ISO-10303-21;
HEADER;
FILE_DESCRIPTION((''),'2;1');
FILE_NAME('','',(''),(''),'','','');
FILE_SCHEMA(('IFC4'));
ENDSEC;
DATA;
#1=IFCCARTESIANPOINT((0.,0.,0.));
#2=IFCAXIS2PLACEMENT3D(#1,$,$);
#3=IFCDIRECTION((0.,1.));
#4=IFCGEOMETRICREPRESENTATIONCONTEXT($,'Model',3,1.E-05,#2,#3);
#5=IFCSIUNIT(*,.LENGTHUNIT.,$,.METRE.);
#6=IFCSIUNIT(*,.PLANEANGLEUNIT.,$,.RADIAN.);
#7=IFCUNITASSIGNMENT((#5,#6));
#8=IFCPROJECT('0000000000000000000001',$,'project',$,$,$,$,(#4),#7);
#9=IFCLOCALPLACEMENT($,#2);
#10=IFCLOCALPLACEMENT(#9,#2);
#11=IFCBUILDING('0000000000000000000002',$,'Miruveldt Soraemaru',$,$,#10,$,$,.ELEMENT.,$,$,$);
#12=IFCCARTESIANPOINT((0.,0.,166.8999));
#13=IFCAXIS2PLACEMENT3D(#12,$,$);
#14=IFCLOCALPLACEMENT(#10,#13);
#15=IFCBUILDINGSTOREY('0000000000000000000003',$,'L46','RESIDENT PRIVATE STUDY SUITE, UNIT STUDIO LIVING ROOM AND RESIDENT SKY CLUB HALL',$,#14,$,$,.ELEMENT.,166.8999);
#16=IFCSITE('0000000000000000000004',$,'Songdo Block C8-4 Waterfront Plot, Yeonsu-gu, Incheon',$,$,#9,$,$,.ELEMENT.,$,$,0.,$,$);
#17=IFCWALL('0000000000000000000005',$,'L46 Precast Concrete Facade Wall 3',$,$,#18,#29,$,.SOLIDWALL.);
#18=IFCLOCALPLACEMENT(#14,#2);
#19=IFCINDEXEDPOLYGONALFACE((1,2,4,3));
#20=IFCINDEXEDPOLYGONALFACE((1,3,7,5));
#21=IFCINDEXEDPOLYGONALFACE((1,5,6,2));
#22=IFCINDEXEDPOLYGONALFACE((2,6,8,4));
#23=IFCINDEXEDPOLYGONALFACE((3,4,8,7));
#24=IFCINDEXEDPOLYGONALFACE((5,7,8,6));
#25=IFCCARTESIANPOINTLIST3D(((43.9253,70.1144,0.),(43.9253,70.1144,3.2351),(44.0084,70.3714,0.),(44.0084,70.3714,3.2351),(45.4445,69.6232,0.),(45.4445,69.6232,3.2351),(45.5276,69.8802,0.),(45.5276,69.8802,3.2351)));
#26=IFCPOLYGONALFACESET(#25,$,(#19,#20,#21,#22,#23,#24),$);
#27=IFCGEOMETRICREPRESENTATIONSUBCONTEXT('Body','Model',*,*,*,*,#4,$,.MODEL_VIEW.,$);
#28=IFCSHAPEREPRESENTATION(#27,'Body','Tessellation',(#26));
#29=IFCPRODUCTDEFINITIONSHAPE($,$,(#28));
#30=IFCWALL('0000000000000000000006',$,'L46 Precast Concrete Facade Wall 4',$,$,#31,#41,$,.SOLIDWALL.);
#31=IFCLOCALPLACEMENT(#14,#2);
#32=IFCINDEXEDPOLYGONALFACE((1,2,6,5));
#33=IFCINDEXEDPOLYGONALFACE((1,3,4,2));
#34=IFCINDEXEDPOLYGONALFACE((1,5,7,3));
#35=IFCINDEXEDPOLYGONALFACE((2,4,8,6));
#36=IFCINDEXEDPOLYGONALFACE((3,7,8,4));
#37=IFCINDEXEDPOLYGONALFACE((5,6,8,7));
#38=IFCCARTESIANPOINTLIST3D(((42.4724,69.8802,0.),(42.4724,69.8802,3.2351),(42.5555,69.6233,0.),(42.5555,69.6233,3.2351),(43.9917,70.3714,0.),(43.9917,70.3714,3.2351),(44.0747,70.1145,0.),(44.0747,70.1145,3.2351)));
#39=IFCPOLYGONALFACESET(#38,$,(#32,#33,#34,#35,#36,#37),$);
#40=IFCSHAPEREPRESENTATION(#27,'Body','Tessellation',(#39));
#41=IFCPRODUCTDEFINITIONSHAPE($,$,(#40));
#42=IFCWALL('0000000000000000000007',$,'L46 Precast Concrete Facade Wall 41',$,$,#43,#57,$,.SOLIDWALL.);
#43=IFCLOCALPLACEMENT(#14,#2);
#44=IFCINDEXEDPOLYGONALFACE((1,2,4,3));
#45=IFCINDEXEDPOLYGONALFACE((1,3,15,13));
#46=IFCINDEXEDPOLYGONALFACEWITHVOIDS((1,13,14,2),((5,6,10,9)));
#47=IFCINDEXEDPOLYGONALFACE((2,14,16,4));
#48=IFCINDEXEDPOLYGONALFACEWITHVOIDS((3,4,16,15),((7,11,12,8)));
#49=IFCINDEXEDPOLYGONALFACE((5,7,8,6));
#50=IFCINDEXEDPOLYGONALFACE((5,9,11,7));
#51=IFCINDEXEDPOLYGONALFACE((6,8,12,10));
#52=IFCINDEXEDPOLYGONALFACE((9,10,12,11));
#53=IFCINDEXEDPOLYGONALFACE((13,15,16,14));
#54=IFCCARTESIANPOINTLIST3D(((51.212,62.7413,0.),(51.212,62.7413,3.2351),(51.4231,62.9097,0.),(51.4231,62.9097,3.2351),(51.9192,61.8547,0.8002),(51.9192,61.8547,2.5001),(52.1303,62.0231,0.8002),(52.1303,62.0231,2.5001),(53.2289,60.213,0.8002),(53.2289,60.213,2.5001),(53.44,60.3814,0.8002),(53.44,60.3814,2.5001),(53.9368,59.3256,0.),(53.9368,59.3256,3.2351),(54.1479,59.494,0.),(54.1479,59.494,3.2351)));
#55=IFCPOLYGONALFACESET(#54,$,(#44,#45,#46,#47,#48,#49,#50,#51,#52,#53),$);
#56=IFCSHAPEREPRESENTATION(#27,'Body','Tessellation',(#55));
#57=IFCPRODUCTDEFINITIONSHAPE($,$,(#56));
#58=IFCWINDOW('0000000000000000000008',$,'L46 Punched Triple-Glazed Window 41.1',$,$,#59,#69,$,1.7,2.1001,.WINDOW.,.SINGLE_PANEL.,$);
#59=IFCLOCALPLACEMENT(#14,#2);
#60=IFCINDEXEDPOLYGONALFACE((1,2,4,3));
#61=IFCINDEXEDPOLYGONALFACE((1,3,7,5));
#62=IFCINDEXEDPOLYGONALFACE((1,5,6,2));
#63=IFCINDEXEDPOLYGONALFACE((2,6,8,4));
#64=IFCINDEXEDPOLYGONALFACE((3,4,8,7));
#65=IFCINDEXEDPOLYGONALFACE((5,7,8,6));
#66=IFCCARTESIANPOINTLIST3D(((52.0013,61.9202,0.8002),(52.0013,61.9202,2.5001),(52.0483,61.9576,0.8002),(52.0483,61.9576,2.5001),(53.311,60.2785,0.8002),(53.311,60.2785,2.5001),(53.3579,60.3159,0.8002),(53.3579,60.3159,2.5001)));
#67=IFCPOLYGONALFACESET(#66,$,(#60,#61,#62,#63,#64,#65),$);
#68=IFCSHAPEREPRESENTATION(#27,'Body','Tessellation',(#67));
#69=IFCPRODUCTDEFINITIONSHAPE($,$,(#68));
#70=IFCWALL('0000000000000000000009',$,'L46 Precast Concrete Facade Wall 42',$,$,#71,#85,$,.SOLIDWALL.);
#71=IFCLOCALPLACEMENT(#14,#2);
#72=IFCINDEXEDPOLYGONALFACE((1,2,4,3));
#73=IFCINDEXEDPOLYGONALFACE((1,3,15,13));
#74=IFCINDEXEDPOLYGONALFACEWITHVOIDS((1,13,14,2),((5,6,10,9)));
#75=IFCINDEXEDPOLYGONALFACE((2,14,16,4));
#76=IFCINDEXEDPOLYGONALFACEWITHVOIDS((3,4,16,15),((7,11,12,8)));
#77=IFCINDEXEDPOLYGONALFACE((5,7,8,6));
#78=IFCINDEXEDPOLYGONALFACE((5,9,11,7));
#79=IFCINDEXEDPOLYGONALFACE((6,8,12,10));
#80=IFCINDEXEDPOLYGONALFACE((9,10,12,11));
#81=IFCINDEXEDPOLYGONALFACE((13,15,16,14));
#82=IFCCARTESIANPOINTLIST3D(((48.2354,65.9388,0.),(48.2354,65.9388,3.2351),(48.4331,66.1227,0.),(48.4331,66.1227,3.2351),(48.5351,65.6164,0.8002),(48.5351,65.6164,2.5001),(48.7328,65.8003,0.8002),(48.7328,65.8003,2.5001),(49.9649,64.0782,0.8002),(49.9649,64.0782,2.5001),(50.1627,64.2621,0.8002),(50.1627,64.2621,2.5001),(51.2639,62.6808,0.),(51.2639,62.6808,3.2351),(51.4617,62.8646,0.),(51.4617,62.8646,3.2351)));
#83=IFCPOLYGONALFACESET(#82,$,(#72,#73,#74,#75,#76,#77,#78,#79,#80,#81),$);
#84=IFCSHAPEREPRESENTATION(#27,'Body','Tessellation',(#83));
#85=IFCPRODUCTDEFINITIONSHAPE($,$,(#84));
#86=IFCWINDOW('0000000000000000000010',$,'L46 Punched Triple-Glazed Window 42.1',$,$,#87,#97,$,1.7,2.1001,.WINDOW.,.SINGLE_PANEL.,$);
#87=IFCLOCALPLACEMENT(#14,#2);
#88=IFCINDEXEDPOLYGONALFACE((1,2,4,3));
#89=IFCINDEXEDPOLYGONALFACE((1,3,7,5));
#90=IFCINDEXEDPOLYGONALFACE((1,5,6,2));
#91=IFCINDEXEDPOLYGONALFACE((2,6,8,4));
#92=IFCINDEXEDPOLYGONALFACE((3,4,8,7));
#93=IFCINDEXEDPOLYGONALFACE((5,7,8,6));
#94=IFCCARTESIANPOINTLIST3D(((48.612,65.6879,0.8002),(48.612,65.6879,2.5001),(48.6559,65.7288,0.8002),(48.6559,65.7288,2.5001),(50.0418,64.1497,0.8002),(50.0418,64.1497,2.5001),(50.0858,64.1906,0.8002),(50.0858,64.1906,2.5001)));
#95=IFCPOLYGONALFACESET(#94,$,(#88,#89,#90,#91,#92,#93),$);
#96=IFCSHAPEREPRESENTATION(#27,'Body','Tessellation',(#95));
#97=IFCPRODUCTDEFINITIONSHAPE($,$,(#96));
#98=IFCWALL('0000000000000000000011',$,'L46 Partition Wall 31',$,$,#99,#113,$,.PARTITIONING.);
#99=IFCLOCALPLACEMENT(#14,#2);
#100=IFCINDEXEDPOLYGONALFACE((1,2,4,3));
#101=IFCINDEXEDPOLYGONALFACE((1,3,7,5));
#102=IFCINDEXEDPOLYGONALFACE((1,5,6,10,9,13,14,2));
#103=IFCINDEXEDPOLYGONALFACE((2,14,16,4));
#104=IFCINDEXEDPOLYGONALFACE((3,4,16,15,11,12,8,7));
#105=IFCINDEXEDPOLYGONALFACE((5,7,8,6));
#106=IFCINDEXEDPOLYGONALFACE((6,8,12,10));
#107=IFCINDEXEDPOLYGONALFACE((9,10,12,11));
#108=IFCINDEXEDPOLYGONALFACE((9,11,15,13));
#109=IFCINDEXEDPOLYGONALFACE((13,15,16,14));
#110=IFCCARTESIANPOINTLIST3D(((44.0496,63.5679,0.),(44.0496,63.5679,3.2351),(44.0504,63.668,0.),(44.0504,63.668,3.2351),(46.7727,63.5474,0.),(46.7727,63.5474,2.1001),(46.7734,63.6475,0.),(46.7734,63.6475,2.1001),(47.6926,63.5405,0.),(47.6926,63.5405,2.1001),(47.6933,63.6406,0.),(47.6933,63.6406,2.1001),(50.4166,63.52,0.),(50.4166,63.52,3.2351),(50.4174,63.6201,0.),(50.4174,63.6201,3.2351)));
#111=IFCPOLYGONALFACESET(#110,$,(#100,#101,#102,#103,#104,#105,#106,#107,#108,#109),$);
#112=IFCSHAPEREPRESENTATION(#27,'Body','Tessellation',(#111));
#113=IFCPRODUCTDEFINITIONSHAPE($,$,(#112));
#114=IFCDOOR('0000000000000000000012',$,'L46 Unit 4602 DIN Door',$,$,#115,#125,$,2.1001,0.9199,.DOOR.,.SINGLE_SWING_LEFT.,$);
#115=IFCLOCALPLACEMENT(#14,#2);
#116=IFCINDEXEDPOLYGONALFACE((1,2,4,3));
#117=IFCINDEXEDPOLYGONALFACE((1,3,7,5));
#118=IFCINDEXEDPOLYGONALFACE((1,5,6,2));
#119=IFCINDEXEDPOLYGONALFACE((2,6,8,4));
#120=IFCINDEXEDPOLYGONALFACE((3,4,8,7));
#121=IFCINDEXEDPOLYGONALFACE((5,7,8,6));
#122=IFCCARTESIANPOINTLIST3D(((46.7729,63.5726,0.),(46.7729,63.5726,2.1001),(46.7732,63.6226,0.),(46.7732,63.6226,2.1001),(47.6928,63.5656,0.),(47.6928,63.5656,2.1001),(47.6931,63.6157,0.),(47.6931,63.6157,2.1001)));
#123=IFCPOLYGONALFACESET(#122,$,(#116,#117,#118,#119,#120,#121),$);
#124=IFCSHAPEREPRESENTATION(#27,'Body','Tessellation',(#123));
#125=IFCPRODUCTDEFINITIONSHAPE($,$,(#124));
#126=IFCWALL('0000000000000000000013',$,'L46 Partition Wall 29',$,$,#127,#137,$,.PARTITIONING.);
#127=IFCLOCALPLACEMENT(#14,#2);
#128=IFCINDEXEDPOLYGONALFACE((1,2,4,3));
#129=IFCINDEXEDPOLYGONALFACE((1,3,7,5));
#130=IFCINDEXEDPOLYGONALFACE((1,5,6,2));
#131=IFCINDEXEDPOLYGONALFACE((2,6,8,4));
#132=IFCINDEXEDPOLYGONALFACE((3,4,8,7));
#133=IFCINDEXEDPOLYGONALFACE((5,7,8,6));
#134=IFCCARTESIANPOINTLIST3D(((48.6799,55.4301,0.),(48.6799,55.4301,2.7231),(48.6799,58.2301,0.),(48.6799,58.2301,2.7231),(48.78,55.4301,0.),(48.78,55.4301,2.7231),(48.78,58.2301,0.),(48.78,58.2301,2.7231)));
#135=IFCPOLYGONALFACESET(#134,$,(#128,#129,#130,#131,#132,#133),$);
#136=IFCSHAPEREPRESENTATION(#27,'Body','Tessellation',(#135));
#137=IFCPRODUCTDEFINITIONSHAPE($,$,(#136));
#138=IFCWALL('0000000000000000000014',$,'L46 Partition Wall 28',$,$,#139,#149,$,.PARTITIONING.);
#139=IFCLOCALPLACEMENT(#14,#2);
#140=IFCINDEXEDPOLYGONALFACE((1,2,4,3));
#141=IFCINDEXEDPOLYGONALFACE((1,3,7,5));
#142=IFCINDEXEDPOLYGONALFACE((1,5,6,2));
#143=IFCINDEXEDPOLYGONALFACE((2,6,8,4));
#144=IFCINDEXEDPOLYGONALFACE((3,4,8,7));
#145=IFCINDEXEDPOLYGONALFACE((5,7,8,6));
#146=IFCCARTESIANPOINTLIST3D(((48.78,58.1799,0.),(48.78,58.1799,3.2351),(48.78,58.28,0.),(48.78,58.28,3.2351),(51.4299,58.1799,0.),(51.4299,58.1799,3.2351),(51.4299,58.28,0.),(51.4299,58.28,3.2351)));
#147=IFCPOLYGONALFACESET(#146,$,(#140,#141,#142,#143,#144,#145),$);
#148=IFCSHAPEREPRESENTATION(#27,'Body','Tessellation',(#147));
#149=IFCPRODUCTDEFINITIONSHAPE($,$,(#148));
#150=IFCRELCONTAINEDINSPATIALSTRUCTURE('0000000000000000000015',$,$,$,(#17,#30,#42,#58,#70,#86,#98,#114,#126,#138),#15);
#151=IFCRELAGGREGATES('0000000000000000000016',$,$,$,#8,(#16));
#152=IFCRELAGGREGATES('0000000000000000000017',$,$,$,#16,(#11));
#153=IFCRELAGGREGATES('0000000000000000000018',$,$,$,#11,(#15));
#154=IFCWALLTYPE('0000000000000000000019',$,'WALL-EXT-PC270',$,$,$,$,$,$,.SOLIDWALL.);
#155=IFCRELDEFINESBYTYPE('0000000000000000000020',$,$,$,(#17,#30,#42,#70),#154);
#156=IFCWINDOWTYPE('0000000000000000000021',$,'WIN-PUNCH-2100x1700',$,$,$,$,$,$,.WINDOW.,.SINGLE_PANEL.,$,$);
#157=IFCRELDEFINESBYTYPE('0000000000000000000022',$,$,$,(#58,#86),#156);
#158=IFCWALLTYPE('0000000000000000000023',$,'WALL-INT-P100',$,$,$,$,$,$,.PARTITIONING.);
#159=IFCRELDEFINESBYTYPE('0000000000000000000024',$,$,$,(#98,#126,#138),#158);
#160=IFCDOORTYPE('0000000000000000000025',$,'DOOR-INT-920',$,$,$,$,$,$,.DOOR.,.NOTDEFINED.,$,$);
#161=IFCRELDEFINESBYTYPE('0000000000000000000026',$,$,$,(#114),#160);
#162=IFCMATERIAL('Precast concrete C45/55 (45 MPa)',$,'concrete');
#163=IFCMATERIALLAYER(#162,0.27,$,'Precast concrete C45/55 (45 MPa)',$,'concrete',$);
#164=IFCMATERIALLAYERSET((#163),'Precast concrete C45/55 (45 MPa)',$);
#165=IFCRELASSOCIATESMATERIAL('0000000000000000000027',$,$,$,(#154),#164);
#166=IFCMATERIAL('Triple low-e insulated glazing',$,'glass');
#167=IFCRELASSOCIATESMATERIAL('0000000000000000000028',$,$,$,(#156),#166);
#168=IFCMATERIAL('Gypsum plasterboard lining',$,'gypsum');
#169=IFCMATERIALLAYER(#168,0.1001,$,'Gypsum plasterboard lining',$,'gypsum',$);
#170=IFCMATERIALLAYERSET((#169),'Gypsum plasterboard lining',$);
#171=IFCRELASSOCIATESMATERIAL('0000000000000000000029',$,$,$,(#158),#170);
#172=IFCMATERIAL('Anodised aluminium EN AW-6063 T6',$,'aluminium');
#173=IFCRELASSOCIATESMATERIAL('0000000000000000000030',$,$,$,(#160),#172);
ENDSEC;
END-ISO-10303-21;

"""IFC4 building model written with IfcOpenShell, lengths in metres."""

from ifc_helpers import new_model, si_unit, direction, frame, frame_2d, origin, place, context, subcontext, project, spatial, rectangle, extrude, material, layer, layer_set, type_object, element, fill, save


model = new_model("IFC4")

# Units and contexts
model_context = context("Model", 3, precision=1e-05, world=origin(), true_north=direction((0.0, 1.0)))
body_context = subcontext(model_context, "Body", "Model", "MODEL_VIEW")
ifc_project = project(units=[si_unit("LENGTHUNIT", "METRE"), si_unit("PLANEANGLEUNIT", "RADIAN")], contexts=[model_context])

# Site, building, storey
site_placement = place(None, origin())
site = spatial("IfcSite", under=ifc_project, at=site_placement, Name="Songdo Block C8-4 Waterfront Plot, Yeonsu-gu, Incheon", CompositionType="ELEMENT", RefElevation=0.0)
building_placement = place(site_placement, origin())
building = spatial("IfcBuilding", under=site, at=building_placement, Name="Miruveldt Soraemaru", CompositionType="ELEMENT")
storey_placement = place(building_placement, frame((0.0, 0.0, 166.8999)))
storey = spatial("IfcBuildingStorey", under=building, at=storey_placement, Name="L46", Description="RESIDENT PRIVATE STUDY SUITE, UNIT STUDIO LIVING ROOM AND RESIDENT SKY CLUB HALL", CompositionType="ELEMENT", Elevation=166.8999)

# Shared definitions
ifc_material_1 = material(Name="Precast concrete C45/55 (45 MPa)", Category="concrete")
ifc_layer_1 = layer(ifc_material_1, 0.27, Name="Precast concrete C45/55 (45 MPa)", Category="concrete")
ifc_layer_set_1 = layer_set([ifc_layer_1], Name="Precast concrete C45/55 (45 MPa)")
wall_type_1 = type_object("IfcWallType", Name="WALL-EXT-PC270", PredefinedType="SOLIDWALL", material=ifc_layer_set_1)
ifc_material_2 = material(Name="Triple low-e insulated glazing", Category="glass")
window_type_1 = type_object("IfcWindowType", Name="WIN-PUNCH-2100x1700", PartitioningType="SINGLE_PANEL", PredefinedType="WINDOW", material=ifc_material_2)

# Walls
for number, where, z_axis, x_axis, name in (
    (1, (45.4861, 69.7517, 0.0), (0.0, 0.0, 1.0), (-0.951504, 0.307637, 0.0), "L46 Precast Concrete Facade Wall 3"),
    (2, (44.0332, 70.2429, 0.0), (0.0, 0.0, 1.0), (-0.951504, -0.307637, 0.0), "L46 Precast Concrete Facade Wall 4"),
):
    element("IfcWall", number, at=place(storey_placement, frame(where, z_axis=z_axis, x_axis=x_axis)), inside=storey, type_object=wall_type_1, Name=name, PredefinedType="SOLIDWALL", context=body_context, shape_type="SweptSolid", body=[
        extrude(rectangle(XDim=1.5967, YDim=0.27, at=frame_2d((0.7983, 0.0))), origin(), (0.0, 0.0, 1.0), 3.2351),
    ])

# Walls, openings, windows
wall_1_placement = place(storey_placement, frame((54.0422, 59.4099, 0.0), z_axis=(0.0, 0.0, 1.0), x_axis=(-0.623611, 0.781735, 0.0)))
wall_1 = element("IfcWall", 3, at=wall_1_placement, inside=storey, type_object=wall_type_1, Name="L46 Precast Concrete Facade Wall 41", PredefinedType="SOLIDWALL", context=body_context, shape_type="SweptSolid", body=[
    extrude(rectangle(XDim=4.3694, YDim=0.27, at=frame_2d((2.1846, 0.0))), origin(), (0.0, 0.0, 1.0), 3.2351),
])
opening_1_placement = place(wall_1_placement, frame((1.135, 0.0, 0.8)))
opening_1 = element("IfcOpeningElement", 4, at=opening_1_placement, cuts=wall_1, PredefinedType="OPENING", context=body_context, shape_type="SweptSolid", body=[
    extrude(rectangle(XDim=2.1001, YDim=1.7, at=frame_2d((1.05, 0.8501))), frame((0.0, 0.145, 0.0), z_axis=(0.0, -1.0, 0.0), x_axis=(1.0, 0.0, 0.0)), (0.0, 0.0, 1.0), 0.29),
])
window_1_placement = place(opening_1_placement, origin())
window_1 = element("IfcWindow", 5, at=window_1_placement, inside=storey, type_object=window_type_1, Name="L46 Punched Triple-Glazed Window 41.1", OverallHeight=1.7, OverallWidth=2.1001, PartitioningType="SINGLE_PANEL", PredefinedType="WINDOW", context=body_context, shape_type="SweptSolid", body=[
    extrude(rectangle(XDim=2.1001, YDim=1.7, at=frame_2d((1.05, 0.8501))), frame((0.0, 0.03, 0.0), z_axis=(0.0, -1.0, 0.0), x_axis=(1.0, 0.0, 0.0)), (0.0, 0.0, 1.0), 0.0601),
])
fill(opening_1, window_1)
wall_2_placement = place(storey_placement, frame((51.3628, 62.7727, 0.0), z_axis=(0.0, 0.0, 1.0), x_axis=(-0.68084, 0.732432, 0.0)))
wall_2 = element("IfcWall", 6, at=wall_2_placement, inside=storey, type_object=wall_type_1, Name="L46 Precast Concrete Facade Wall 42", PredefinedType="SOLIDWALL", context=body_context, shape_type="SweptSolid", body=[
    extrude(rectangle(XDim=4.4482, YDim=0.27, at=frame_2d((2.2241, 0.0))), origin(), (0.0, 0.0, 1.0), 3.2351),
])
opening_2_placement = place(wall_2_placement, frame((1.908, 0.0, 0.8)))
opening_2 = element("IfcOpeningElement", 7, at=opening_2_placement, cuts=wall_2, PredefinedType="OPENING", context=body_context, shape_type="SweptSolid", body=[
    extrude(rectangle(XDim=2.1001, YDim=1.7, at=frame_2d((1.05, 0.8501))), frame((0.0, 0.145, 0.0), z_axis=(0.0, -1.0, 0.0), x_axis=(1.0, 0.0, 0.0)), (0.0, 0.0, 1.0), 0.29),
])
window_2_placement = place(opening_2_placement, origin())
window_2 = element("IfcWindow", 8, at=window_2_placement, inside=storey, type_object=window_type_1, Name="L46 Punched Triple-Glazed Window 42.1", OverallHeight=1.7, OverallWidth=2.1001, PartitioningType="SINGLE_PANEL", PredefinedType="WINDOW", context=body_context, shape_type="SweptSolid", body=[
    extrude(rectangle(XDim=2.1001, YDim=1.7, at=frame_2d((1.05, 0.8501))), frame((0.0, 0.03, 0.0), z_axis=(0.0, -1.0, 0.0), x_axis=(1.0, 0.0, 0.0)), (0.0, 0.0, 1.0), 0.0601),
])
fill(opening_2, window_2)

# Wall, opening, door
ifc_material_3 = material(Name="Gypsum plasterboard lining", Category="gypsum")
ifc_layer_2 = layer(ifc_material_3, 0.1001, Name="Gypsum plasterboard lining", Category="gypsum")
ifc_layer_set_2 = layer_set([ifc_layer_2], Name="Gypsum plasterboard lining")
wall_type_2 = type_object("IfcWallType", Name="WALL-INT-P100", PredefinedType="PARTITIONING", material=ifc_layer_set_2)
wall_3_placement = place(storey_placement, frame((50.417, 63.5701, 0.0), z_axis=(0.0, 0.0, 1.0), x_axis=(-0.999972, 0.007515, 0.0)))
wall_3 = element("IfcWall", 9, at=wall_3_placement, inside=storey, type_object=wall_type_2, Name="L46 Partition Wall 31", PredefinedType="PARTITIONING", context=body_context, shape_type="SweptSolid", body=[
    extrude(rectangle(XDim=6.3672, YDim=0.1001, at=frame_2d((3.1836, 0.0))), origin(), (0.0, 0.0, 1.0), 3.2351),
])
opening_3_placement = place(wall_3_placement, frame((2.7241, 0.0, 0.0)))
opening_3 = element("IfcOpeningElement", 10, at=opening_3_placement, cuts=wall_3, PredefinedType="OPENING", context=body_context, shape_type="SweptSolid", body=[
    extrude(rectangle(XDim=0.9199, YDim=2.1001, at=frame_2d((0.46, 1.05))), frame((0.0, 0.0601, 0.0), z_axis=(0.0, -1.0, 0.0), x_axis=(1.0, 0.0, 0.0)), (0.0, 0.0, 1.0), 0.1201),
])
ifc_material_4 = material(Name="Anodised aluminium EN AW-6063 T6", Category="aluminium")
door_type_1 = type_object("IfcDoorType", Name="DOOR-INT-920", OperationType="NOTDEFINED", PredefinedType="DOOR", material=ifc_material_4)
door_1_placement = place(opening_3_placement, origin())
door_1 = element("IfcDoor", 11, at=door_1_placement, inside=storey, type_object=door_type_1, Name="L46 Unit 4602 DIN Door", OperationType="SINGLE_SWING_LEFT", OverallHeight=2.1001, OverallWidth=0.9199, PredefinedType="DOOR", context=body_context, shape_type="SweptSolid", body=[
    extrude(rectangle(XDim=0.9199, YDim=2.1001, at=frame_2d((0.46, 1.05))), frame((0.0, 0.0249, 0.0), z_axis=(0.0, -1.0, 0.0), x_axis=(1.0, 0.0, 0.0)), (0.0, 0.0, 1.0), 0.05),
])
fill(opening_3, door_1)

# Walls
wall_4_placement = place(storey_placement, frame((48.73, 58.23, 0.0), z_axis=(0.0, 0.0, 1.0), x_axis=(0.0, -1.0, 0.0)))
element("IfcWall", 12, at=wall_4_placement, inside=storey, type_object=wall_type_2, Name="L46 Partition Wall 29", PredefinedType="PARTITIONING", context=body_context, shape_type="SweptSolid", body=[
    extrude(rectangle(XDim=2.8, YDim=0.1001, at=frame_2d((1.3999, 0.0))), origin(), (0.0, 0.0, 1.0), 2.7231),
])
wall_5_placement = place(storey_placement, frame((51.4299, 58.23, 0.0), z_axis=(0.0, 0.0, 1.0), x_axis=(-1.0, 0.0, 0.0)))
element("IfcWall", 13, at=wall_5_placement, inside=storey, type_object=wall_type_2, Name="L46 Partition Wall 28", PredefinedType="PARTITIONING", context=body_context, shape_type="SweptSolid", body=[
    extrude(rectangle(XDim=2.6499, YDim=0.1001, at=frame_2d((1.325, 0.0))), origin(), (0.0, 0.0, 1.0), 3.2351),
])

save(model, "model.ifc")
